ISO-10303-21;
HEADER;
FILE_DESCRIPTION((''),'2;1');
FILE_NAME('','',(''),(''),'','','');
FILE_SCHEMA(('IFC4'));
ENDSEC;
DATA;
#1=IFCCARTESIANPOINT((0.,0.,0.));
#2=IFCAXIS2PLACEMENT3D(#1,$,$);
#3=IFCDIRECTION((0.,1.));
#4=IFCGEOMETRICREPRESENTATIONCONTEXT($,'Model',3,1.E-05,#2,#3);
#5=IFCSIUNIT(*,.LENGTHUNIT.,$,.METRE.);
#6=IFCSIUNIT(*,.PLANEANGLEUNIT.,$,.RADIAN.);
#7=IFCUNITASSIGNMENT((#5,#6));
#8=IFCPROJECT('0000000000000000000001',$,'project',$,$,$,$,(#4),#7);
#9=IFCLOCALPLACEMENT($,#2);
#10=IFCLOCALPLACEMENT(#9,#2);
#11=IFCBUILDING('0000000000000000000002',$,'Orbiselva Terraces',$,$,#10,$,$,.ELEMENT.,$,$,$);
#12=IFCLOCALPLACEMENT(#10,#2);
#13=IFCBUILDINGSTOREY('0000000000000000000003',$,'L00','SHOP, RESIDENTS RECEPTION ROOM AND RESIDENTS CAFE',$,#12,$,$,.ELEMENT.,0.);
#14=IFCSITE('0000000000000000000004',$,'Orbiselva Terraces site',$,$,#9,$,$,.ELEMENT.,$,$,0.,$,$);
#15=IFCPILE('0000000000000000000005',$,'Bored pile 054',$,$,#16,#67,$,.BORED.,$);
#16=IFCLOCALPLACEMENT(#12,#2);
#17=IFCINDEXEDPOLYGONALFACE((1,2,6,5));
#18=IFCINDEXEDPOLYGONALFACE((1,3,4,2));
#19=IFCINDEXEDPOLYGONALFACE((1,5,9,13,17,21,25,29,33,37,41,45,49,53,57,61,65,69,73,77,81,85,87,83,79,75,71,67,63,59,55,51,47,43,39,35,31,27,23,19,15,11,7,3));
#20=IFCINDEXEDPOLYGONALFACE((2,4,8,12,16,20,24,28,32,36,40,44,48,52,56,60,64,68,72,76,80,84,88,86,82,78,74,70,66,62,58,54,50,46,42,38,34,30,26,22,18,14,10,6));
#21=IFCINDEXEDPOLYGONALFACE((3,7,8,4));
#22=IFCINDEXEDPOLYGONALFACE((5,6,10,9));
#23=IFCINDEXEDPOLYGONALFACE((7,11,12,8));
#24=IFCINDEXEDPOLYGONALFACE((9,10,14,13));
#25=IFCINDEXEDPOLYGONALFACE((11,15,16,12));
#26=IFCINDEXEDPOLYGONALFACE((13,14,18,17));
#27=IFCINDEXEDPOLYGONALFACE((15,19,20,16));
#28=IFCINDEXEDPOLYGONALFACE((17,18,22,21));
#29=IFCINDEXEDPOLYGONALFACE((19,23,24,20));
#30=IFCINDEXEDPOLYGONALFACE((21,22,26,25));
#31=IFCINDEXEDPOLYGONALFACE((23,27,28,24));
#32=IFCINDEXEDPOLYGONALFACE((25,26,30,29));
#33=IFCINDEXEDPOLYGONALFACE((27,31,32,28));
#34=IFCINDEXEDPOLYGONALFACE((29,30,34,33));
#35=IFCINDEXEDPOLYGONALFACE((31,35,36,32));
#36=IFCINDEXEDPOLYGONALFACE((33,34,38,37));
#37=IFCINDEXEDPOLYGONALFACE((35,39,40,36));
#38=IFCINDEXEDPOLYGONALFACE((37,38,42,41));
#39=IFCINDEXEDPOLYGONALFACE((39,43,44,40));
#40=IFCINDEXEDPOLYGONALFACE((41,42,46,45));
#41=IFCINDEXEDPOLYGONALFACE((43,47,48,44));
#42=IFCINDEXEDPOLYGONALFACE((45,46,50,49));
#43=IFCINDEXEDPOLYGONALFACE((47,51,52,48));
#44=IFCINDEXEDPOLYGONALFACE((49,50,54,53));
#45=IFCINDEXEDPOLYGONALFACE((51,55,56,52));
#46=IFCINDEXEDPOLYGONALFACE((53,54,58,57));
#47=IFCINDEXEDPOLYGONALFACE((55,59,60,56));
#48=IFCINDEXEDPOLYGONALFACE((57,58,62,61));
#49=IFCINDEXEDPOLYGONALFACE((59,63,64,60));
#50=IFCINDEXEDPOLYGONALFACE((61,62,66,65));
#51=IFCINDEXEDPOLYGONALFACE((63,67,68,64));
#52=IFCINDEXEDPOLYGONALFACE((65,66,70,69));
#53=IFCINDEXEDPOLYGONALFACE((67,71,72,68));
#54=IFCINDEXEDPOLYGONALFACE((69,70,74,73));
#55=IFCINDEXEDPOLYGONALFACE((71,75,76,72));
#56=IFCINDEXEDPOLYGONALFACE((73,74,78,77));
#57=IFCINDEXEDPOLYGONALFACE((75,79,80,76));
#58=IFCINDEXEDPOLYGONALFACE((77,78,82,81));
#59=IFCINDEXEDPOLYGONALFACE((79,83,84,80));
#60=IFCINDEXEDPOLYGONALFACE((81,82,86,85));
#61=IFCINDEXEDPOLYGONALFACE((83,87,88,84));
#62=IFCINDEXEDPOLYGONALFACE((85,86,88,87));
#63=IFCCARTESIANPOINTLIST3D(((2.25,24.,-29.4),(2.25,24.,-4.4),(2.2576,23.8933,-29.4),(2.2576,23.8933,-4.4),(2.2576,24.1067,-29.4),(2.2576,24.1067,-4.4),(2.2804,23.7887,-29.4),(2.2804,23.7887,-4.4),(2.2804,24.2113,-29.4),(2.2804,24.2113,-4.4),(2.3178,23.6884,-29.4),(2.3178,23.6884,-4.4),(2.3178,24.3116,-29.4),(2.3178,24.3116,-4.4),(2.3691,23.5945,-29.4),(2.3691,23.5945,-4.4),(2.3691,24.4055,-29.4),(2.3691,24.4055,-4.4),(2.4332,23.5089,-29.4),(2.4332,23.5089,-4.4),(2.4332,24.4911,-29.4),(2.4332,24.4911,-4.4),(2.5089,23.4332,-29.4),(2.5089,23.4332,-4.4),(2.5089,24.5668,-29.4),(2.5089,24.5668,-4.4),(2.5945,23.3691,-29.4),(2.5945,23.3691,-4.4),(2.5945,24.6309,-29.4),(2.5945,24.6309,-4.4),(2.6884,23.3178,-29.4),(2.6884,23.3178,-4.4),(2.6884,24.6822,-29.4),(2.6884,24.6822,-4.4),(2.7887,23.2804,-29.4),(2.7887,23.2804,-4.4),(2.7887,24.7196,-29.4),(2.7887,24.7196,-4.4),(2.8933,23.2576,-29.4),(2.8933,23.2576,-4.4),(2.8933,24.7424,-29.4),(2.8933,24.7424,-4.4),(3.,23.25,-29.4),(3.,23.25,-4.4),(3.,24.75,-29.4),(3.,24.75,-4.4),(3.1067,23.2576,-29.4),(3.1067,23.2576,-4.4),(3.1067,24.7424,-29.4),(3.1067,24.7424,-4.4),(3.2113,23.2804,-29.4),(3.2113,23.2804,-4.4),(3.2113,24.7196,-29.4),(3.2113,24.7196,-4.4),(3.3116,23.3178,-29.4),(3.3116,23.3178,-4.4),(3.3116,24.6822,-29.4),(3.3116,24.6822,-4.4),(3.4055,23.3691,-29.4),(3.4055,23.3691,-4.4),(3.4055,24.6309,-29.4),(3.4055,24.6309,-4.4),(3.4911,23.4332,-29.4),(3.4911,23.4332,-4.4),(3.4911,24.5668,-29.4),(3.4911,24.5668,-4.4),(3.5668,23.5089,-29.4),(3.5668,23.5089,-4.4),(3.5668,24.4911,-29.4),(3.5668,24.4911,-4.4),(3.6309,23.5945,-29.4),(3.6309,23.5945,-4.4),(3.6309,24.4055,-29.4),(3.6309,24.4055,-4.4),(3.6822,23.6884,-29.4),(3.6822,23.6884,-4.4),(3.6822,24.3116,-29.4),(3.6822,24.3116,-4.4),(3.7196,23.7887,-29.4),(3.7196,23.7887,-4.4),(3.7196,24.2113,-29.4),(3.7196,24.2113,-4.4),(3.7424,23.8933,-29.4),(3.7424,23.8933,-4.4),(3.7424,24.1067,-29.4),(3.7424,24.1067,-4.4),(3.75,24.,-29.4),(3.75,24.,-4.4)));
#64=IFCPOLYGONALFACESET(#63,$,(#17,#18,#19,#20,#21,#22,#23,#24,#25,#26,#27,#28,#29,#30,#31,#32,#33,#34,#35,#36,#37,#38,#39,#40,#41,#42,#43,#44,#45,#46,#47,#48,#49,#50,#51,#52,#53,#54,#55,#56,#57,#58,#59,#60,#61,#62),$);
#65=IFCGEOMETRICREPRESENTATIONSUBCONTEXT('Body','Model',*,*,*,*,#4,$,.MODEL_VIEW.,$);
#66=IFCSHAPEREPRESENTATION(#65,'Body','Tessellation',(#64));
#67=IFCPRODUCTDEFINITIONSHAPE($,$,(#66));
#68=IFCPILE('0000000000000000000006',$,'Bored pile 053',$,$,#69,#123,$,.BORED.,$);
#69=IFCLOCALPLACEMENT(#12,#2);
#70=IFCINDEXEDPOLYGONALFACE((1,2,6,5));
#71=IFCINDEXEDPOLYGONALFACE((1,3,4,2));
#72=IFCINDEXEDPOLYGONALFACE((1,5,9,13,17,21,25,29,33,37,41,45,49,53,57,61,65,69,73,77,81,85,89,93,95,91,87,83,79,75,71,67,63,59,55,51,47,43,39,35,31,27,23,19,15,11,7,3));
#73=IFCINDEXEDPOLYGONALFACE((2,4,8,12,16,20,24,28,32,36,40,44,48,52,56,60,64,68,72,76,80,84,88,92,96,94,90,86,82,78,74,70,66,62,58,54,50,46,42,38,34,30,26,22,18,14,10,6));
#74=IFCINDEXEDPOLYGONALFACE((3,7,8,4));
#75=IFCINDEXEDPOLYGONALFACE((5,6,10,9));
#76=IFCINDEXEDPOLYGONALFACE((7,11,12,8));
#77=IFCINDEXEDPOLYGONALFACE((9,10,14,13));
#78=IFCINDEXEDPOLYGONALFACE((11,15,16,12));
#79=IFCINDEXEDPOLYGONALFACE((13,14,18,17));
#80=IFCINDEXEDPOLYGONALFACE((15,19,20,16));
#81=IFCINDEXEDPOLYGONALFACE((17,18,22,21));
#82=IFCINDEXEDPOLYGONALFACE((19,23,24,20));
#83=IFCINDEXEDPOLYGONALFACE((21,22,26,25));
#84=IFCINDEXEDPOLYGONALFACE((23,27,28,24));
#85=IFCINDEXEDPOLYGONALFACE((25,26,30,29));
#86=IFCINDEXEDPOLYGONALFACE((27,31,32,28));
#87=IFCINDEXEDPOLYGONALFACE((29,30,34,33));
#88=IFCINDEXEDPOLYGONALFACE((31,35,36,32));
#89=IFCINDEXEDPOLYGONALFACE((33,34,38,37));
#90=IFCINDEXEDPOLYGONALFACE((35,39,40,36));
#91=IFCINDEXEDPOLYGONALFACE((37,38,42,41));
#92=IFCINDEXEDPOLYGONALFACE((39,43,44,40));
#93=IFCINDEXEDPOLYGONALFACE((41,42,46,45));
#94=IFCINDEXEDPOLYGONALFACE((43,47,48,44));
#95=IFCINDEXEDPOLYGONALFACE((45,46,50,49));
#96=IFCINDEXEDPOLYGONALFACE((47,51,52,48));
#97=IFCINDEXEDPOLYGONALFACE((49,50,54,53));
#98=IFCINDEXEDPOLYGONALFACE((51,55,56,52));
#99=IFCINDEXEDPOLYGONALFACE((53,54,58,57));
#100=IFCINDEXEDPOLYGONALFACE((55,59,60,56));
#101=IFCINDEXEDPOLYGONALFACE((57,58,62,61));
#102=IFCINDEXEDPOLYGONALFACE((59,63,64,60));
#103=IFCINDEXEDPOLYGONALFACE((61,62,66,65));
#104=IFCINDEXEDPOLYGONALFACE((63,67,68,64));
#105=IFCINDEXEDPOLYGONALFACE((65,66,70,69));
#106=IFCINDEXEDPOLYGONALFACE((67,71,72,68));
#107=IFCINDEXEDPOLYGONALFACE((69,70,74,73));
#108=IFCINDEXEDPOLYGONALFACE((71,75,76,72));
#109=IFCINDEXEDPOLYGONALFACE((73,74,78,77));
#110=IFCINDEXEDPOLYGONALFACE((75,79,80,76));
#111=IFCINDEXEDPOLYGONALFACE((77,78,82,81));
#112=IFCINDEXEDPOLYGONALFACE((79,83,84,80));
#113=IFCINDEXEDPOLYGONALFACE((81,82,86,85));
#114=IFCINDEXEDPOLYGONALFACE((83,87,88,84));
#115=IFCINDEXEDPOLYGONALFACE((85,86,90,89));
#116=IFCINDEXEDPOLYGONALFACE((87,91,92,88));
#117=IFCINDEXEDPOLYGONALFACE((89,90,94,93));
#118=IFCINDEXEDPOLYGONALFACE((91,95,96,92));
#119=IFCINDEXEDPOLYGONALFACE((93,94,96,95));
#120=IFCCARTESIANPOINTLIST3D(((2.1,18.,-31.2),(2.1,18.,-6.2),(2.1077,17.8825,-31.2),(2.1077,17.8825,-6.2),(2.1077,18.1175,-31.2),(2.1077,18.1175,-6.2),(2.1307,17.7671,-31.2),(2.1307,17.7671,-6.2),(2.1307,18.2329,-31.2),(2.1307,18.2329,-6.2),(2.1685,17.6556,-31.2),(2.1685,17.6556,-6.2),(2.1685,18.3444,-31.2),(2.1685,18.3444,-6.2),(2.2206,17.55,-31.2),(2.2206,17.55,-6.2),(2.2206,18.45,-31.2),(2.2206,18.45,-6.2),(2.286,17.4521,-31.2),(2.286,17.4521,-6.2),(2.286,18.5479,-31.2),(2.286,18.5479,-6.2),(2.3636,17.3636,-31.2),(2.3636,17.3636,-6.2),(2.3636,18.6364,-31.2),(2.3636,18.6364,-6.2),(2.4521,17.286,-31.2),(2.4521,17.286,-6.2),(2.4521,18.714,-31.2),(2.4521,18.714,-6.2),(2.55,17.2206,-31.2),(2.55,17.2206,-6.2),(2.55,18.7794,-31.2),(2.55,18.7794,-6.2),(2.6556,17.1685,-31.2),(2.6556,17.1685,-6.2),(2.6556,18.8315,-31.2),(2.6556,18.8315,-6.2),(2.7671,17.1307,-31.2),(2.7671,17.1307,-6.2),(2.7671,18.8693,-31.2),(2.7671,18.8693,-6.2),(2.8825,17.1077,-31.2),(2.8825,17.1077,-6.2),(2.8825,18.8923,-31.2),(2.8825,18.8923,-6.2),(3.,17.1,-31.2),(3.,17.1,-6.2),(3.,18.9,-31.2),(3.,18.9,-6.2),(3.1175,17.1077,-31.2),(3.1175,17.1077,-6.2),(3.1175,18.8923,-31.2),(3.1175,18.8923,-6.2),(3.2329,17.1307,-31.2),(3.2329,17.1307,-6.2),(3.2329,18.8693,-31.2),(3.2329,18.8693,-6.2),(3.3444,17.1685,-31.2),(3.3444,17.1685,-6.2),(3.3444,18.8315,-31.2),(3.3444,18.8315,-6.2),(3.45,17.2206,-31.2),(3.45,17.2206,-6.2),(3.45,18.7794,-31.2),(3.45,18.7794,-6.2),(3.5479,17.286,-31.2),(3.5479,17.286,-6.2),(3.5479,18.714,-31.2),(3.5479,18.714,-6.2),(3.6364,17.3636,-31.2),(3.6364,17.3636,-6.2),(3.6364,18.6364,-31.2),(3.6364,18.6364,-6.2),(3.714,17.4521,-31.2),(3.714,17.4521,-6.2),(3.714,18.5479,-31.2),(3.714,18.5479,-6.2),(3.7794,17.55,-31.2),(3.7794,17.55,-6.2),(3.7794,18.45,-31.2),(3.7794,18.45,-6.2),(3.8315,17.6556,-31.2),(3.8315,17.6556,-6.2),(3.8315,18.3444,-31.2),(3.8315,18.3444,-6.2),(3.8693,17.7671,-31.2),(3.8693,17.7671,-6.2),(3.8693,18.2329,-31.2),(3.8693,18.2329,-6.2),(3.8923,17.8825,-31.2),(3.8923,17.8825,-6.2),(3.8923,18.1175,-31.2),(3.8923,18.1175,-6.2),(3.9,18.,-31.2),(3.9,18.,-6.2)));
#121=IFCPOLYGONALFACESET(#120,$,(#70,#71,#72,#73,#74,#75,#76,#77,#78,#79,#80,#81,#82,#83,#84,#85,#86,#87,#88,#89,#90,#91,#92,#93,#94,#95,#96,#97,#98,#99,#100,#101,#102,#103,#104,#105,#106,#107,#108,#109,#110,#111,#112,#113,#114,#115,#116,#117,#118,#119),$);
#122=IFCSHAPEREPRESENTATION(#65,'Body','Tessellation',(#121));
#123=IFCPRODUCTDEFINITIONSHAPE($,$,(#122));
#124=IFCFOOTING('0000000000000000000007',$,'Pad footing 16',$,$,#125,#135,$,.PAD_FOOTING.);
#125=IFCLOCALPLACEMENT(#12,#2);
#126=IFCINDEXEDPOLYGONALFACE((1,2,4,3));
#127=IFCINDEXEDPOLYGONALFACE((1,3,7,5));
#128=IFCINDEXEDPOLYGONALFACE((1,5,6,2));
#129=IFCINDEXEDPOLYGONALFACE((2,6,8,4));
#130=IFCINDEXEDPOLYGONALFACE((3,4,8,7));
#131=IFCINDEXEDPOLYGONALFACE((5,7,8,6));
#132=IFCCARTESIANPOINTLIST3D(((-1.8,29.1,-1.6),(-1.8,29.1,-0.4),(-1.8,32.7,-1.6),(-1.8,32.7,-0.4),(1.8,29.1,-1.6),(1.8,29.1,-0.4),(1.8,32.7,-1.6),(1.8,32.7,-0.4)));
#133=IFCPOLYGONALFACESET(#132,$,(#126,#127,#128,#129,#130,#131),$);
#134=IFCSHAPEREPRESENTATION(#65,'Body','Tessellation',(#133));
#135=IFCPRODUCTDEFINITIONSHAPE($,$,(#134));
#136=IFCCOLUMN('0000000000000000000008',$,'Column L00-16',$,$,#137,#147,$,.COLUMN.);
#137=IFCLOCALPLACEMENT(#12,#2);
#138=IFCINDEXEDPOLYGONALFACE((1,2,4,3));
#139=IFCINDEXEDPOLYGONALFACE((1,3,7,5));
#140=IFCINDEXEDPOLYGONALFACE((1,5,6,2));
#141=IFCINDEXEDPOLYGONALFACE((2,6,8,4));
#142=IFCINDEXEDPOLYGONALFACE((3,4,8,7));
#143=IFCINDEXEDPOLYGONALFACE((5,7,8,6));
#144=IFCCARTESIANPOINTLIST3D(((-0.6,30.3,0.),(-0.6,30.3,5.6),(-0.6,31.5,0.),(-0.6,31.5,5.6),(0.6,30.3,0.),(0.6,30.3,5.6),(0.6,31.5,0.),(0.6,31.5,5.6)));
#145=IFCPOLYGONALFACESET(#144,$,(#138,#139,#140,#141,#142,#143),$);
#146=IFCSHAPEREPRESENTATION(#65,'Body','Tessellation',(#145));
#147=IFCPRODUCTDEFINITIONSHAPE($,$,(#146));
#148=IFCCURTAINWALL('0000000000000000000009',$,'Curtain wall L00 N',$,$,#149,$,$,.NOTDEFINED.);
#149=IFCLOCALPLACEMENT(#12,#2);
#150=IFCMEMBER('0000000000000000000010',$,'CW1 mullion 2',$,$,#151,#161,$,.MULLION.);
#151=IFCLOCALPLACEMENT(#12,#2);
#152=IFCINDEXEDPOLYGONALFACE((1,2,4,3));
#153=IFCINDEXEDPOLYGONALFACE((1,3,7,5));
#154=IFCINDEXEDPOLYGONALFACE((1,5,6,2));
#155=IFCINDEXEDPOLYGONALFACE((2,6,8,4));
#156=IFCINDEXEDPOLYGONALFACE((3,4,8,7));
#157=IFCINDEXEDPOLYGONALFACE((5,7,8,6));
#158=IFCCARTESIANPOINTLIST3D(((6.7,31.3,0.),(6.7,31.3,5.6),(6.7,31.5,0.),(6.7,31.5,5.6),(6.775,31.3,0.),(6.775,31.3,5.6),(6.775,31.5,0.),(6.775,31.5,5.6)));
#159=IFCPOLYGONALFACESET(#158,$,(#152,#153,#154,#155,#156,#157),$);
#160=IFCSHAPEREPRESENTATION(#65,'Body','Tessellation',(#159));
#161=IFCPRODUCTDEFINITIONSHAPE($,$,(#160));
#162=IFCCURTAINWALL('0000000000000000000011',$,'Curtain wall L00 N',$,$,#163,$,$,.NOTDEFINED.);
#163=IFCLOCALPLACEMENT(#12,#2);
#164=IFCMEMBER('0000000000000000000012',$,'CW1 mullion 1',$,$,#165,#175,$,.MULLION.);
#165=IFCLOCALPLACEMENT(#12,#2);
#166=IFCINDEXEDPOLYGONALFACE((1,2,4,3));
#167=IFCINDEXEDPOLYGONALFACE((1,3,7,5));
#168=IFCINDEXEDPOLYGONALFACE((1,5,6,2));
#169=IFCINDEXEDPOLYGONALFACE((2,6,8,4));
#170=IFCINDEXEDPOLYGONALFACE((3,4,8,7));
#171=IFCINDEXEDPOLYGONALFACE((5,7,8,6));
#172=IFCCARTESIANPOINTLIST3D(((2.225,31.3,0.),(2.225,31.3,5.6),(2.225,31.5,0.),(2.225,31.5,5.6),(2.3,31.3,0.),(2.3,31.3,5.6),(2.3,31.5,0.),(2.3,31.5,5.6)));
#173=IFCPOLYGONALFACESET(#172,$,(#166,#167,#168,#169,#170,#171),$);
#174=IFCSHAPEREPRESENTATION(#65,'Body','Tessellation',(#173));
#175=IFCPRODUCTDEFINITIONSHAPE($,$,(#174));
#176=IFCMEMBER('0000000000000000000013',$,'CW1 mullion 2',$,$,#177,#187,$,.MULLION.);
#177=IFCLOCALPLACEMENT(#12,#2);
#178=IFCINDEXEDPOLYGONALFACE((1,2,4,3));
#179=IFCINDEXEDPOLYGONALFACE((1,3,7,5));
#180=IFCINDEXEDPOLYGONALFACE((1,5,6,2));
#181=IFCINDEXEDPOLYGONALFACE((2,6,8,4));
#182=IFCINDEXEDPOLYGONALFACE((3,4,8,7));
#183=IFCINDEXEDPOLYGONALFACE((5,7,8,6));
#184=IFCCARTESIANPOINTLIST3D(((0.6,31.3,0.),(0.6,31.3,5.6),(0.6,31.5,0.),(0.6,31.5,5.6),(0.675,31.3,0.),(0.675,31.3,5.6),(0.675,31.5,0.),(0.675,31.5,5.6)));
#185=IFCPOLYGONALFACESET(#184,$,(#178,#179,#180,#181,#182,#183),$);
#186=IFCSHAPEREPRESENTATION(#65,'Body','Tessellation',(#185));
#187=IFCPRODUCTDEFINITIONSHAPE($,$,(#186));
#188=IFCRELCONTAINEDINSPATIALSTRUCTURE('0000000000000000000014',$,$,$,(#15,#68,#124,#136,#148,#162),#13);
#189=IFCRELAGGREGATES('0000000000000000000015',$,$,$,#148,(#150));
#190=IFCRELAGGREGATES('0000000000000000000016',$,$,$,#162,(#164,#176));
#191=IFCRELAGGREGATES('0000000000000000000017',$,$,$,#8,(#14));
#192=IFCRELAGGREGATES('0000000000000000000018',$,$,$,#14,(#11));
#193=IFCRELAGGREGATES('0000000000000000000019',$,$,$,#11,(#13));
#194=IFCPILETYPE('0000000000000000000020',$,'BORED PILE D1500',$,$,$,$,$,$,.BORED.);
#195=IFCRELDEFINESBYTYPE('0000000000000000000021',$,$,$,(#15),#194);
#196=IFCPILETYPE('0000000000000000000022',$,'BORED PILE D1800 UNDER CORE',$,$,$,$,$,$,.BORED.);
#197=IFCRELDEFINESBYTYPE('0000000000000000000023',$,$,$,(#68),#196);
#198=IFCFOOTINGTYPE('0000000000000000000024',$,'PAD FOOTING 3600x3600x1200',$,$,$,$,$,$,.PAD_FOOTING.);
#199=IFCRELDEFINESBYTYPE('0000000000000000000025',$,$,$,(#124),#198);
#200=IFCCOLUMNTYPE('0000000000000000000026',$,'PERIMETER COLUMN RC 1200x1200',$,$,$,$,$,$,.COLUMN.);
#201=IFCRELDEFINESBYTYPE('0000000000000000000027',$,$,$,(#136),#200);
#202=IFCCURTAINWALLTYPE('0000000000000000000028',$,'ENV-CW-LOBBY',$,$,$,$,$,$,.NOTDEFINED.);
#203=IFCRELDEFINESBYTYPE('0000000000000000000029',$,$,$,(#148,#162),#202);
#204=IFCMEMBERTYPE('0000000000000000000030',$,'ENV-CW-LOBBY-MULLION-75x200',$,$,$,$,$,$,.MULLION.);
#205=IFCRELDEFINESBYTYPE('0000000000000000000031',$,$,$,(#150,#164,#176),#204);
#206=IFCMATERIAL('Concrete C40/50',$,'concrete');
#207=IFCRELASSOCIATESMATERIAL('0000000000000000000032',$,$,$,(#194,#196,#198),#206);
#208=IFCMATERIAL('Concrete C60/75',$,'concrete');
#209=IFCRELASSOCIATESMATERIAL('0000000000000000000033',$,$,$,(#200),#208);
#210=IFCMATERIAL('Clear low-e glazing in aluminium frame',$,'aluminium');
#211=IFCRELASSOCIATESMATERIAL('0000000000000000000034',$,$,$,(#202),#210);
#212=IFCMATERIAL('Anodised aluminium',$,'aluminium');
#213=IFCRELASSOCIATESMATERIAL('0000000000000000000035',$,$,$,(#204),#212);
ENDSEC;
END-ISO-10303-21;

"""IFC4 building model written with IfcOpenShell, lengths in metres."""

from ifc_helpers import new_model, si_unit, direction, frame, origin, origin_2d, place, context, subcontext, project, spatial, rectangle, circle, extrude, material, material_profile, profile_set, type_object, element, aggregate, save


model = new_model("IFC4")

# Units and contexts
model_context = context("Model", 3, precision=1e-05, world=origin(), true_north=direction((0.0, 1.0)))
body_context = subcontext(model_context, "Body", "Model", "MODEL_VIEW")
ifc_project = project(units=[si_unit("LENGTHUNIT", "METRE"), si_unit("PLANEANGLEUNIT", "RADIAN")], contexts=[model_context])

# Site, building, storey
site_placement = place(None, origin())
site = spatial("IfcSite", under=ifc_project, at=site_placement, Name="Orbiselva Terraces site", CompositionType="ELEMENT", RefElevation=0.0)
building_placement = place(site_placement, origin())
building = spatial("IfcBuilding", under=site, at=building_placement, Name="Orbiselva Terraces", CompositionType="ELEMENT")
storey_placement = place(building_placement, origin())
storey = spatial("IfcBuildingStorey", under=building, at=storey_placement, Name="L00", Description="SHOP, RESIDENTS RECEPTION ROOM AND RESIDENTS CAFE", CompositionType="ELEMENT", Elevation=0.0)

# Piles
ifc_material_1 = material(Name="Concrete C40/50", Category="concrete")
ifc_material_profile_1 = material_profile(ifc_material_1, circle(Radius=0.75, at=origin_2d()), Name="D1500")
ifc_profile_set_1 = profile_set([ifc_material_profile_1], Name="Concrete C40/50")
pile_type_1 = type_object("IfcPileType", Name="BORED PILE D1500", PredefinedType="BORED", material=ifc_profile_set_1)
pile_1_placement = place(storey_placement, frame((3.0, 24.0, -4.4), z_axis=(0.0, 0.0, -1.0), x_axis=(1.0, 0.0, 0.0)))
element("IfcPile", 1, at=pile_1_placement, inside=storey, type_object=pile_type_1, Name="Bored pile 054", PredefinedType="BORED", context=body_context, shape_type="SweptSolid", body=[
    extrude(circle(Radius=0.75, at=origin_2d()), origin(), (0.0, 0.0, 1.0), 25.0),
])
ifc_material_profile_2 = material_profile(ifc_material_1, circle(Radius=0.9, at=origin_2d()), Name="D1800")
ifc_profile_set_2 = profile_set([ifc_material_profile_2], Name="Concrete C40/50")
pile_type_2 = type_object("IfcPileType", Name="BORED PILE D1800 UNDER CORE", PredefinedType="BORED", material=ifc_profile_set_2)
pile_2_placement = place(storey_placement, frame((3.0, 18.0, -6.2), z_axis=(0.0, 0.0, -1.0), x_axis=(1.0, 0.0, 0.0)))
element("IfcPile", 2, at=pile_2_placement, inside=storey, type_object=pile_type_2, Name="Bored pile 053", PredefinedType="BORED", context=body_context, shape_type="SweptSolid", body=[
    extrude(circle(Radius=0.9, at=origin_2d()), origin(), (0.0, 0.0, 1.0), 25.0),
])

# Footing
footing_type = type_object("IfcFootingType", Name="PAD FOOTING 3600x3600x1200", PredefinedType="PAD_FOOTING", material=ifc_material_1)
footing_placement = place(storey_placement, frame((0.0, 30.9, -1.6), z_axis=(0.0, 0.0, 1.0), x_axis=(1.0, 0.0, 0.0)))
element("IfcFooting", 3, at=footing_placement, inside=storey, type_object=footing_type, Name="Pad footing 16", PredefinedType="PAD_FOOTING", context=body_context, shape_type="SweptSolid", body=[
    extrude(rectangle(XDim=3.6, YDim=3.6, at=origin_2d()), origin(), (0.0, 0.0, 1.0), 1.2),
])

# Column
ifc_material_2 = material(Name="Concrete C60/75", Category="concrete")
ifc_material_profile_3 = material_profile(ifc_material_2, rectangle(XDim=1.2, YDim=1.2, at=origin_2d()), Name="RC 1200x1200")
ifc_profile_set_3 = profile_set([ifc_material_profile_3], Name="Concrete C60/75")
column_type = type_object("IfcColumnType", Name="PERIMETER COLUMN RC 1200x1200", PredefinedType="COLUMN", material=ifc_profile_set_3)
column_placement = place(storey_placement, frame((0.0, 30.9, 0.0), z_axis=(0.0, 0.0, 1.0), x_axis=(1.0, 0.0, 0.0)))
element("IfcColumn", 4, at=column_placement, inside=storey, type_object=column_type, Name="Column L00-16", PredefinedType="COLUMN", context=body_context, shape_type="SweptSolid", body=[
    extrude(rectangle(XDim=1.2, YDim=1.2, at=origin_2d()), origin(), (0.0, 0.0, 1.0), 5.6),
])

# Curtain wall, member
ifc_material_3 = material(Name="Clear low-e glazing in aluminium frame", Category="aluminium")
curtain_wall_type = type_object("IfcCurtainWallType", Name="ENV-CW-LOBBY", PredefinedType="NOTDEFINED", material=ifc_material_3)
curtain_wall_1_placement = place(storey_placement, origin())
curtain_wall_1 = element("IfcCurtainWall", 5, at=curtain_wall_1_placement, inside=storey, type_object=curtain_wall_type, Name="Curtain wall L00 N", PredefinedType="NOTDEFINED")
ifc_material_4 = material(Name="Anodised aluminium", Category="aluminium")
ifc_material_profile_4 = material_profile(ifc_material_4, rectangle(XDim=0.2, YDim=0.075, at=origin_2d()), Name="AL 75x200")
ifc_profile_set_4 = profile_set([ifc_material_profile_4], Name="Anodised aluminium")
member_type_1 = type_object("IfcMemberType", Name="ENV-CW-LOBBY-MULLION-75x200", PredefinedType="MULLION", material=ifc_profile_set_4)
member_1_placement = place(storey_placement, frame((6.7375, 31.4, 0.0), z_axis=(0.0, 0.0, 1.0), x_axis=(0.0, -1.0, 0.0)))
member_1 = element("IfcMember", 6, at=member_1_placement, type_object=member_type_1, Name="CW1 mullion 2", PredefinedType="MULLION", context=body_context, shape_type="SweptSolid", body=[
    extrude(rectangle(XDim=0.2, YDim=0.075, at=origin_2d()), origin(), (0.0, 0.0, 1.0), 5.6),
])

# Curtain wall, members
curtain_wall_2_placement = place(storey_placement, origin())
curtain_wall_2 = element("IfcCurtainWall", 7, at=curtain_wall_2_placement, inside=storey, type_object=curtain_wall_type, Name="Curtain wall L00 N", PredefinedType="NOTDEFINED")
member_2_placement = place(storey_placement, frame((2.2625, 31.4, 0.0), z_axis=(0.0, 0.0, 1.0), x_axis=(0.0, -1.0, 0.0)))
member_2 = element("IfcMember", 8, at=member_2_placement, type_object=member_type_1, Name="CW1 mullion 1", PredefinedType="MULLION", context=body_context, shape_type="SweptSolid", body=[
    extrude(rectangle(XDim=0.2, YDim=0.075, at=origin_2d()), origin(), (0.0, 0.0, 1.0), 5.6),
])
member_3_placement = place(storey_placement, frame((0.6375, 31.4, 0.0), z_axis=(0.0, 0.0, 1.0), x_axis=(0.0, -1.0, 0.0)))
member_3 = element("IfcMember", 9, at=member_3_placement, type_object=member_type_1, Name="CW1 mullion 2", PredefinedType="MULLION", context=body_context, shape_type="SweptSolid", body=[
    extrude(rectangle(XDim=0.2, YDim=0.075, at=origin_2d()), origin(), (0.0, 0.0, 1.0), 5.6),
])

aggregate(curtain_wall_1, [member_1])
aggregate(curtain_wall_2, [member_2, member_3])

save(model, "model.ifc")
